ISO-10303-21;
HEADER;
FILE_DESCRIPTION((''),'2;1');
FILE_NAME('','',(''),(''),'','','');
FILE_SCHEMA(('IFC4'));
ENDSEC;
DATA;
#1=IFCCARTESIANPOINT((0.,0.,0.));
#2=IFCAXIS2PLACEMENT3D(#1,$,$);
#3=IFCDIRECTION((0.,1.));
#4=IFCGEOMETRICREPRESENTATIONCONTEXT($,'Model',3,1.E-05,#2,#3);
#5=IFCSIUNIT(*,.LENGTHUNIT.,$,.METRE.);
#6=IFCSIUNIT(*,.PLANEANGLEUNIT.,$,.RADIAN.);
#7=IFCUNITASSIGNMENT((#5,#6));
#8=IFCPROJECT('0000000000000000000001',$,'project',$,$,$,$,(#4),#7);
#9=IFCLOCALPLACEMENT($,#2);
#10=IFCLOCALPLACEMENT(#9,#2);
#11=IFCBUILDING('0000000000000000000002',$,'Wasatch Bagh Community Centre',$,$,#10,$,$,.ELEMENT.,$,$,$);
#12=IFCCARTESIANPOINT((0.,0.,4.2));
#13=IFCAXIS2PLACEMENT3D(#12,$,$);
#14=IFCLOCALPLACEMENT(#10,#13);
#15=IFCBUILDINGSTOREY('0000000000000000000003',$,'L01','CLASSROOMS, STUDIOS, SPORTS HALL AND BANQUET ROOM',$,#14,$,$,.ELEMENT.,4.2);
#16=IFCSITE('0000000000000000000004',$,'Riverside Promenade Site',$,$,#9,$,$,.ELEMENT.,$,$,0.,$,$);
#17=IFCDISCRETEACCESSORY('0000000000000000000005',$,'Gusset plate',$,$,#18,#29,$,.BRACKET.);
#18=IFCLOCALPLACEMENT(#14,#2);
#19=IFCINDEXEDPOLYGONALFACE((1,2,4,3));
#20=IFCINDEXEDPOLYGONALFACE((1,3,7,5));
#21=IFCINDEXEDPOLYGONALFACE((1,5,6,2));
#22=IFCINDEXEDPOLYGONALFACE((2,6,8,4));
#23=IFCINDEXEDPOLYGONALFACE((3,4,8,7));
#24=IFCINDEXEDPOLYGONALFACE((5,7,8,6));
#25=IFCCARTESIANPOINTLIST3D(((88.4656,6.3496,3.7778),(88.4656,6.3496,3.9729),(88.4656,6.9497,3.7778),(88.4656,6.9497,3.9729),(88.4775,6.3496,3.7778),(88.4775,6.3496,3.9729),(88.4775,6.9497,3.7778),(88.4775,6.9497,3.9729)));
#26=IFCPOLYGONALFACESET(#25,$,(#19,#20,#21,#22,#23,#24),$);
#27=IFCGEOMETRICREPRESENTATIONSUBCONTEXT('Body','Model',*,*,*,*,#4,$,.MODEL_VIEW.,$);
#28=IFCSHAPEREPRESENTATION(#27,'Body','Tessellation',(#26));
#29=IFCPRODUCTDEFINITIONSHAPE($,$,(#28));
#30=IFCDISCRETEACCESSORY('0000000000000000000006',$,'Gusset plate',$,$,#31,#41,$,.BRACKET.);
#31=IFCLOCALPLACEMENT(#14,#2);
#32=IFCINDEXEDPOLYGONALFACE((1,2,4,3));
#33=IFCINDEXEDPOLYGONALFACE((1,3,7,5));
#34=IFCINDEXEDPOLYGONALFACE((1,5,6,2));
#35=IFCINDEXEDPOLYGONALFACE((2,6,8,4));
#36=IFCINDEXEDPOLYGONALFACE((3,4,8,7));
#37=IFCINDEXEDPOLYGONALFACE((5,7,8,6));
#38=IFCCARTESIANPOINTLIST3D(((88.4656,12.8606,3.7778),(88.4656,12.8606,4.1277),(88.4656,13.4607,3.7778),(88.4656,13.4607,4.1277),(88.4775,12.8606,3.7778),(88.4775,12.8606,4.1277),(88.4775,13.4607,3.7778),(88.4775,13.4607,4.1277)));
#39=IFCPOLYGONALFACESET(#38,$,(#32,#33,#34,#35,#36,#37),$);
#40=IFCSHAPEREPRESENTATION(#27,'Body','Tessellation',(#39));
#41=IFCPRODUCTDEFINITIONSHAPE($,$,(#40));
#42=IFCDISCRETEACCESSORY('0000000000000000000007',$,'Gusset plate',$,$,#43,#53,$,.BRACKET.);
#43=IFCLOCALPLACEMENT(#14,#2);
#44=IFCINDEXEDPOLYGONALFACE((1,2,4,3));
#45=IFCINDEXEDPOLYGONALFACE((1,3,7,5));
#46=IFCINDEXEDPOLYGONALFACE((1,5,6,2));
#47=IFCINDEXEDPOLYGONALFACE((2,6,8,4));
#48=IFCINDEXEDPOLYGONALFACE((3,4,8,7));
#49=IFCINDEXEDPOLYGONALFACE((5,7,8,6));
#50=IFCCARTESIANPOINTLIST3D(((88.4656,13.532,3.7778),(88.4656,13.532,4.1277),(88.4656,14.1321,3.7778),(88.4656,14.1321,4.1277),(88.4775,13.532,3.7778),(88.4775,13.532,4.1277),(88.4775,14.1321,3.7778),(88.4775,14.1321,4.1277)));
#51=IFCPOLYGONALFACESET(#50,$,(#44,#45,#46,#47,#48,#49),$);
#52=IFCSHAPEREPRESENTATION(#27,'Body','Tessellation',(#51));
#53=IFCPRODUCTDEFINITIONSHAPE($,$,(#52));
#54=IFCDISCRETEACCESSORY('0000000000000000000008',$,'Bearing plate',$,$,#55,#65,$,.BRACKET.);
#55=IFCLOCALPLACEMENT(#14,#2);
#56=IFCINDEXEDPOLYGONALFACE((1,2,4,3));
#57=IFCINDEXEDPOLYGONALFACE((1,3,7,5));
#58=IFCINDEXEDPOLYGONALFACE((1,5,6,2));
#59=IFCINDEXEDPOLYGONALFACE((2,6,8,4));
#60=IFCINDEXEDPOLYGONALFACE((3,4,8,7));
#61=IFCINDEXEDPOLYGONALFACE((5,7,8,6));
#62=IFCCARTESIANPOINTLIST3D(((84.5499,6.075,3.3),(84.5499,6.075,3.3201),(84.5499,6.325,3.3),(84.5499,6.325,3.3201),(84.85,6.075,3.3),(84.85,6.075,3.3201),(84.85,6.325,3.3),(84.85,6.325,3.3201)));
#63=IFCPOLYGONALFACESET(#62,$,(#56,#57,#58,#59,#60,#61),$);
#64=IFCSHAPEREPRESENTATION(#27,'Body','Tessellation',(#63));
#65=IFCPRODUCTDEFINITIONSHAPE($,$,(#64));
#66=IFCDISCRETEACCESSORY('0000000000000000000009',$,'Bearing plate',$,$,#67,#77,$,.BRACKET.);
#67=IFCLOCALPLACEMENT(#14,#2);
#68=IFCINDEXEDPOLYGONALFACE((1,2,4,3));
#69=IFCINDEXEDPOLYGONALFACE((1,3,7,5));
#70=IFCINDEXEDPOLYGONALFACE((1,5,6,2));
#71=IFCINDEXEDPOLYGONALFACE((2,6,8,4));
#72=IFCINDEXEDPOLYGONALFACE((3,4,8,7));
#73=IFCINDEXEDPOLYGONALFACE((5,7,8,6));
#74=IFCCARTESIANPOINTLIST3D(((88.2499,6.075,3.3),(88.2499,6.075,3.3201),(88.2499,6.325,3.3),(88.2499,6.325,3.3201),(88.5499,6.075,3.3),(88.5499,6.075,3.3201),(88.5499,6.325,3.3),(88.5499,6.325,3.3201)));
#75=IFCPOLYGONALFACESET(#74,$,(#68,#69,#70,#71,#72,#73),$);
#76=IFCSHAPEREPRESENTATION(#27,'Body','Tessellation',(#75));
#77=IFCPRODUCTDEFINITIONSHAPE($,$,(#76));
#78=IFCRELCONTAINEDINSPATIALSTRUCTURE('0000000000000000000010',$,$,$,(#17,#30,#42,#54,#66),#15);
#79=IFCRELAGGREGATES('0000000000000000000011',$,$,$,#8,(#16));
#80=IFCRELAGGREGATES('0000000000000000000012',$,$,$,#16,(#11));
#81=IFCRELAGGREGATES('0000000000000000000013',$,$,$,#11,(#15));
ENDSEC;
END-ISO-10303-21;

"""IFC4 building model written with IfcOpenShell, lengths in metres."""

from ifc_helpers import new_model, si_unit, direction, frame, origin, origin_2d, place, context, subcontext, project, spatial, polyline, rectangle, outline, extrude, element, save


model = new_model("IFC4")

# Units and contexts
model_context = context("Model", 3, precision=1e-05, world=origin(), true_north=direction((0.0, 1.0)))
body_context = subcontext(model_context, "Body", "Model", "MODEL_VIEW")
ifc_project = project(units=[si_unit("LENGTHUNIT", "METRE"), si_unit("PLANEANGLEUNIT", "RADIAN")], contexts=[model_context])

# Site, building, storey
site_placement = place(None, origin())
site = spatial("IfcSite", under=ifc_project, at=site_placement, Name="Riverside Promenade Site", CompositionType="ELEMENT", RefElevation=0.0)
building_placement = place(site_placement, origin())
building = spatial("IfcBuilding", under=site, at=building_placement, Name="Wasatch Bagh Community Centre", CompositionType="ELEMENT")
storey_placement = place(building_placement, frame((0.0, 0.0, 4.2)))
storey = spatial("IfcBuildingStorey", under=building, at=storey_placement, Name="L01", Description="CLASSROOMS, STUDIOS, SPORTS HALL AND BANQUET ROOM", CompositionType="ELEMENT", Elevation=4.2)

# Discrete accessories
discrete_accessory_1_placement = place(storey_placement, frame((88.4775, 6.3496, 3.7778), z_axis=(1.0, 0.0, 0.0), x_axis=(0.0, 1.0, 0.0)))
element("IfcDiscreteAccessory", 1, at=discrete_accessory_1_placement, inside=storey, Name="Gusset plate", PredefinedType="BRACKET", context=body_context, shape_type="SweptSolid", body=[
    extrude(outline(polyline([(0.0, 0.0), (0.6001, 0.0), (0.6001, 0.1951), (0.0, 0.1951), (0.0, 0.0)])), origin(), (0.0, 0.0, -1.0), 0.012),
])
for number, where, z_axis, x_axis, name in (
    (2, (88.4775, 12.8606, 3.7778), (1.0, 0.0, 0.0), (0.0, 1.0, 0.0), "Gusset plate"),
    (3, (88.4775, 13.532, 3.7778), (1.0, 0.0, 0.0), (0.0, 1.0, 0.0), "Gusset plate"),
):
    element("IfcDiscreteAccessory", number, at=place(storey_placement, frame(where, z_axis=z_axis, x_axis=x_axis)), inside=storey, Name=name, PredefinedType="BRACKET", context=body_context, shape_type="SweptSolid", body=[
        extrude(outline(polyline([(0.0, 0.0), (0.6001, 0.0), (0.6001, 0.3499), (0.0, 0.3499), (0.0, 0.0)])), origin(), (0.0, 0.0, -1.0), 0.012),
    ])
for number, where, z_axis, x_axis, name in (
    (4, (84.7, 6.2, 3.3), (0.0, 0.0, 1.0), (1.0, 0.0, 0.0), "Bearing plate"),
    (5, (88.3999, 6.2, 3.3), (0.0, 0.0, 1.0), (1.0, 0.0, 0.0), "Bearing plate"),
):
    element("IfcDiscreteAccessory", number, at=place(storey_placement, frame(where, z_axis=z_axis, x_axis=x_axis)), inside=storey, Name=name, PredefinedType="BRACKET", context=body_context, shape_type="SweptSolid", body=[
        extrude(rectangle(XDim=0.3, YDim=0.25, at=origin_2d()), origin(), (0.0, 0.0, 1.0), 0.02),
    ])

save(model, "model.ifc")
